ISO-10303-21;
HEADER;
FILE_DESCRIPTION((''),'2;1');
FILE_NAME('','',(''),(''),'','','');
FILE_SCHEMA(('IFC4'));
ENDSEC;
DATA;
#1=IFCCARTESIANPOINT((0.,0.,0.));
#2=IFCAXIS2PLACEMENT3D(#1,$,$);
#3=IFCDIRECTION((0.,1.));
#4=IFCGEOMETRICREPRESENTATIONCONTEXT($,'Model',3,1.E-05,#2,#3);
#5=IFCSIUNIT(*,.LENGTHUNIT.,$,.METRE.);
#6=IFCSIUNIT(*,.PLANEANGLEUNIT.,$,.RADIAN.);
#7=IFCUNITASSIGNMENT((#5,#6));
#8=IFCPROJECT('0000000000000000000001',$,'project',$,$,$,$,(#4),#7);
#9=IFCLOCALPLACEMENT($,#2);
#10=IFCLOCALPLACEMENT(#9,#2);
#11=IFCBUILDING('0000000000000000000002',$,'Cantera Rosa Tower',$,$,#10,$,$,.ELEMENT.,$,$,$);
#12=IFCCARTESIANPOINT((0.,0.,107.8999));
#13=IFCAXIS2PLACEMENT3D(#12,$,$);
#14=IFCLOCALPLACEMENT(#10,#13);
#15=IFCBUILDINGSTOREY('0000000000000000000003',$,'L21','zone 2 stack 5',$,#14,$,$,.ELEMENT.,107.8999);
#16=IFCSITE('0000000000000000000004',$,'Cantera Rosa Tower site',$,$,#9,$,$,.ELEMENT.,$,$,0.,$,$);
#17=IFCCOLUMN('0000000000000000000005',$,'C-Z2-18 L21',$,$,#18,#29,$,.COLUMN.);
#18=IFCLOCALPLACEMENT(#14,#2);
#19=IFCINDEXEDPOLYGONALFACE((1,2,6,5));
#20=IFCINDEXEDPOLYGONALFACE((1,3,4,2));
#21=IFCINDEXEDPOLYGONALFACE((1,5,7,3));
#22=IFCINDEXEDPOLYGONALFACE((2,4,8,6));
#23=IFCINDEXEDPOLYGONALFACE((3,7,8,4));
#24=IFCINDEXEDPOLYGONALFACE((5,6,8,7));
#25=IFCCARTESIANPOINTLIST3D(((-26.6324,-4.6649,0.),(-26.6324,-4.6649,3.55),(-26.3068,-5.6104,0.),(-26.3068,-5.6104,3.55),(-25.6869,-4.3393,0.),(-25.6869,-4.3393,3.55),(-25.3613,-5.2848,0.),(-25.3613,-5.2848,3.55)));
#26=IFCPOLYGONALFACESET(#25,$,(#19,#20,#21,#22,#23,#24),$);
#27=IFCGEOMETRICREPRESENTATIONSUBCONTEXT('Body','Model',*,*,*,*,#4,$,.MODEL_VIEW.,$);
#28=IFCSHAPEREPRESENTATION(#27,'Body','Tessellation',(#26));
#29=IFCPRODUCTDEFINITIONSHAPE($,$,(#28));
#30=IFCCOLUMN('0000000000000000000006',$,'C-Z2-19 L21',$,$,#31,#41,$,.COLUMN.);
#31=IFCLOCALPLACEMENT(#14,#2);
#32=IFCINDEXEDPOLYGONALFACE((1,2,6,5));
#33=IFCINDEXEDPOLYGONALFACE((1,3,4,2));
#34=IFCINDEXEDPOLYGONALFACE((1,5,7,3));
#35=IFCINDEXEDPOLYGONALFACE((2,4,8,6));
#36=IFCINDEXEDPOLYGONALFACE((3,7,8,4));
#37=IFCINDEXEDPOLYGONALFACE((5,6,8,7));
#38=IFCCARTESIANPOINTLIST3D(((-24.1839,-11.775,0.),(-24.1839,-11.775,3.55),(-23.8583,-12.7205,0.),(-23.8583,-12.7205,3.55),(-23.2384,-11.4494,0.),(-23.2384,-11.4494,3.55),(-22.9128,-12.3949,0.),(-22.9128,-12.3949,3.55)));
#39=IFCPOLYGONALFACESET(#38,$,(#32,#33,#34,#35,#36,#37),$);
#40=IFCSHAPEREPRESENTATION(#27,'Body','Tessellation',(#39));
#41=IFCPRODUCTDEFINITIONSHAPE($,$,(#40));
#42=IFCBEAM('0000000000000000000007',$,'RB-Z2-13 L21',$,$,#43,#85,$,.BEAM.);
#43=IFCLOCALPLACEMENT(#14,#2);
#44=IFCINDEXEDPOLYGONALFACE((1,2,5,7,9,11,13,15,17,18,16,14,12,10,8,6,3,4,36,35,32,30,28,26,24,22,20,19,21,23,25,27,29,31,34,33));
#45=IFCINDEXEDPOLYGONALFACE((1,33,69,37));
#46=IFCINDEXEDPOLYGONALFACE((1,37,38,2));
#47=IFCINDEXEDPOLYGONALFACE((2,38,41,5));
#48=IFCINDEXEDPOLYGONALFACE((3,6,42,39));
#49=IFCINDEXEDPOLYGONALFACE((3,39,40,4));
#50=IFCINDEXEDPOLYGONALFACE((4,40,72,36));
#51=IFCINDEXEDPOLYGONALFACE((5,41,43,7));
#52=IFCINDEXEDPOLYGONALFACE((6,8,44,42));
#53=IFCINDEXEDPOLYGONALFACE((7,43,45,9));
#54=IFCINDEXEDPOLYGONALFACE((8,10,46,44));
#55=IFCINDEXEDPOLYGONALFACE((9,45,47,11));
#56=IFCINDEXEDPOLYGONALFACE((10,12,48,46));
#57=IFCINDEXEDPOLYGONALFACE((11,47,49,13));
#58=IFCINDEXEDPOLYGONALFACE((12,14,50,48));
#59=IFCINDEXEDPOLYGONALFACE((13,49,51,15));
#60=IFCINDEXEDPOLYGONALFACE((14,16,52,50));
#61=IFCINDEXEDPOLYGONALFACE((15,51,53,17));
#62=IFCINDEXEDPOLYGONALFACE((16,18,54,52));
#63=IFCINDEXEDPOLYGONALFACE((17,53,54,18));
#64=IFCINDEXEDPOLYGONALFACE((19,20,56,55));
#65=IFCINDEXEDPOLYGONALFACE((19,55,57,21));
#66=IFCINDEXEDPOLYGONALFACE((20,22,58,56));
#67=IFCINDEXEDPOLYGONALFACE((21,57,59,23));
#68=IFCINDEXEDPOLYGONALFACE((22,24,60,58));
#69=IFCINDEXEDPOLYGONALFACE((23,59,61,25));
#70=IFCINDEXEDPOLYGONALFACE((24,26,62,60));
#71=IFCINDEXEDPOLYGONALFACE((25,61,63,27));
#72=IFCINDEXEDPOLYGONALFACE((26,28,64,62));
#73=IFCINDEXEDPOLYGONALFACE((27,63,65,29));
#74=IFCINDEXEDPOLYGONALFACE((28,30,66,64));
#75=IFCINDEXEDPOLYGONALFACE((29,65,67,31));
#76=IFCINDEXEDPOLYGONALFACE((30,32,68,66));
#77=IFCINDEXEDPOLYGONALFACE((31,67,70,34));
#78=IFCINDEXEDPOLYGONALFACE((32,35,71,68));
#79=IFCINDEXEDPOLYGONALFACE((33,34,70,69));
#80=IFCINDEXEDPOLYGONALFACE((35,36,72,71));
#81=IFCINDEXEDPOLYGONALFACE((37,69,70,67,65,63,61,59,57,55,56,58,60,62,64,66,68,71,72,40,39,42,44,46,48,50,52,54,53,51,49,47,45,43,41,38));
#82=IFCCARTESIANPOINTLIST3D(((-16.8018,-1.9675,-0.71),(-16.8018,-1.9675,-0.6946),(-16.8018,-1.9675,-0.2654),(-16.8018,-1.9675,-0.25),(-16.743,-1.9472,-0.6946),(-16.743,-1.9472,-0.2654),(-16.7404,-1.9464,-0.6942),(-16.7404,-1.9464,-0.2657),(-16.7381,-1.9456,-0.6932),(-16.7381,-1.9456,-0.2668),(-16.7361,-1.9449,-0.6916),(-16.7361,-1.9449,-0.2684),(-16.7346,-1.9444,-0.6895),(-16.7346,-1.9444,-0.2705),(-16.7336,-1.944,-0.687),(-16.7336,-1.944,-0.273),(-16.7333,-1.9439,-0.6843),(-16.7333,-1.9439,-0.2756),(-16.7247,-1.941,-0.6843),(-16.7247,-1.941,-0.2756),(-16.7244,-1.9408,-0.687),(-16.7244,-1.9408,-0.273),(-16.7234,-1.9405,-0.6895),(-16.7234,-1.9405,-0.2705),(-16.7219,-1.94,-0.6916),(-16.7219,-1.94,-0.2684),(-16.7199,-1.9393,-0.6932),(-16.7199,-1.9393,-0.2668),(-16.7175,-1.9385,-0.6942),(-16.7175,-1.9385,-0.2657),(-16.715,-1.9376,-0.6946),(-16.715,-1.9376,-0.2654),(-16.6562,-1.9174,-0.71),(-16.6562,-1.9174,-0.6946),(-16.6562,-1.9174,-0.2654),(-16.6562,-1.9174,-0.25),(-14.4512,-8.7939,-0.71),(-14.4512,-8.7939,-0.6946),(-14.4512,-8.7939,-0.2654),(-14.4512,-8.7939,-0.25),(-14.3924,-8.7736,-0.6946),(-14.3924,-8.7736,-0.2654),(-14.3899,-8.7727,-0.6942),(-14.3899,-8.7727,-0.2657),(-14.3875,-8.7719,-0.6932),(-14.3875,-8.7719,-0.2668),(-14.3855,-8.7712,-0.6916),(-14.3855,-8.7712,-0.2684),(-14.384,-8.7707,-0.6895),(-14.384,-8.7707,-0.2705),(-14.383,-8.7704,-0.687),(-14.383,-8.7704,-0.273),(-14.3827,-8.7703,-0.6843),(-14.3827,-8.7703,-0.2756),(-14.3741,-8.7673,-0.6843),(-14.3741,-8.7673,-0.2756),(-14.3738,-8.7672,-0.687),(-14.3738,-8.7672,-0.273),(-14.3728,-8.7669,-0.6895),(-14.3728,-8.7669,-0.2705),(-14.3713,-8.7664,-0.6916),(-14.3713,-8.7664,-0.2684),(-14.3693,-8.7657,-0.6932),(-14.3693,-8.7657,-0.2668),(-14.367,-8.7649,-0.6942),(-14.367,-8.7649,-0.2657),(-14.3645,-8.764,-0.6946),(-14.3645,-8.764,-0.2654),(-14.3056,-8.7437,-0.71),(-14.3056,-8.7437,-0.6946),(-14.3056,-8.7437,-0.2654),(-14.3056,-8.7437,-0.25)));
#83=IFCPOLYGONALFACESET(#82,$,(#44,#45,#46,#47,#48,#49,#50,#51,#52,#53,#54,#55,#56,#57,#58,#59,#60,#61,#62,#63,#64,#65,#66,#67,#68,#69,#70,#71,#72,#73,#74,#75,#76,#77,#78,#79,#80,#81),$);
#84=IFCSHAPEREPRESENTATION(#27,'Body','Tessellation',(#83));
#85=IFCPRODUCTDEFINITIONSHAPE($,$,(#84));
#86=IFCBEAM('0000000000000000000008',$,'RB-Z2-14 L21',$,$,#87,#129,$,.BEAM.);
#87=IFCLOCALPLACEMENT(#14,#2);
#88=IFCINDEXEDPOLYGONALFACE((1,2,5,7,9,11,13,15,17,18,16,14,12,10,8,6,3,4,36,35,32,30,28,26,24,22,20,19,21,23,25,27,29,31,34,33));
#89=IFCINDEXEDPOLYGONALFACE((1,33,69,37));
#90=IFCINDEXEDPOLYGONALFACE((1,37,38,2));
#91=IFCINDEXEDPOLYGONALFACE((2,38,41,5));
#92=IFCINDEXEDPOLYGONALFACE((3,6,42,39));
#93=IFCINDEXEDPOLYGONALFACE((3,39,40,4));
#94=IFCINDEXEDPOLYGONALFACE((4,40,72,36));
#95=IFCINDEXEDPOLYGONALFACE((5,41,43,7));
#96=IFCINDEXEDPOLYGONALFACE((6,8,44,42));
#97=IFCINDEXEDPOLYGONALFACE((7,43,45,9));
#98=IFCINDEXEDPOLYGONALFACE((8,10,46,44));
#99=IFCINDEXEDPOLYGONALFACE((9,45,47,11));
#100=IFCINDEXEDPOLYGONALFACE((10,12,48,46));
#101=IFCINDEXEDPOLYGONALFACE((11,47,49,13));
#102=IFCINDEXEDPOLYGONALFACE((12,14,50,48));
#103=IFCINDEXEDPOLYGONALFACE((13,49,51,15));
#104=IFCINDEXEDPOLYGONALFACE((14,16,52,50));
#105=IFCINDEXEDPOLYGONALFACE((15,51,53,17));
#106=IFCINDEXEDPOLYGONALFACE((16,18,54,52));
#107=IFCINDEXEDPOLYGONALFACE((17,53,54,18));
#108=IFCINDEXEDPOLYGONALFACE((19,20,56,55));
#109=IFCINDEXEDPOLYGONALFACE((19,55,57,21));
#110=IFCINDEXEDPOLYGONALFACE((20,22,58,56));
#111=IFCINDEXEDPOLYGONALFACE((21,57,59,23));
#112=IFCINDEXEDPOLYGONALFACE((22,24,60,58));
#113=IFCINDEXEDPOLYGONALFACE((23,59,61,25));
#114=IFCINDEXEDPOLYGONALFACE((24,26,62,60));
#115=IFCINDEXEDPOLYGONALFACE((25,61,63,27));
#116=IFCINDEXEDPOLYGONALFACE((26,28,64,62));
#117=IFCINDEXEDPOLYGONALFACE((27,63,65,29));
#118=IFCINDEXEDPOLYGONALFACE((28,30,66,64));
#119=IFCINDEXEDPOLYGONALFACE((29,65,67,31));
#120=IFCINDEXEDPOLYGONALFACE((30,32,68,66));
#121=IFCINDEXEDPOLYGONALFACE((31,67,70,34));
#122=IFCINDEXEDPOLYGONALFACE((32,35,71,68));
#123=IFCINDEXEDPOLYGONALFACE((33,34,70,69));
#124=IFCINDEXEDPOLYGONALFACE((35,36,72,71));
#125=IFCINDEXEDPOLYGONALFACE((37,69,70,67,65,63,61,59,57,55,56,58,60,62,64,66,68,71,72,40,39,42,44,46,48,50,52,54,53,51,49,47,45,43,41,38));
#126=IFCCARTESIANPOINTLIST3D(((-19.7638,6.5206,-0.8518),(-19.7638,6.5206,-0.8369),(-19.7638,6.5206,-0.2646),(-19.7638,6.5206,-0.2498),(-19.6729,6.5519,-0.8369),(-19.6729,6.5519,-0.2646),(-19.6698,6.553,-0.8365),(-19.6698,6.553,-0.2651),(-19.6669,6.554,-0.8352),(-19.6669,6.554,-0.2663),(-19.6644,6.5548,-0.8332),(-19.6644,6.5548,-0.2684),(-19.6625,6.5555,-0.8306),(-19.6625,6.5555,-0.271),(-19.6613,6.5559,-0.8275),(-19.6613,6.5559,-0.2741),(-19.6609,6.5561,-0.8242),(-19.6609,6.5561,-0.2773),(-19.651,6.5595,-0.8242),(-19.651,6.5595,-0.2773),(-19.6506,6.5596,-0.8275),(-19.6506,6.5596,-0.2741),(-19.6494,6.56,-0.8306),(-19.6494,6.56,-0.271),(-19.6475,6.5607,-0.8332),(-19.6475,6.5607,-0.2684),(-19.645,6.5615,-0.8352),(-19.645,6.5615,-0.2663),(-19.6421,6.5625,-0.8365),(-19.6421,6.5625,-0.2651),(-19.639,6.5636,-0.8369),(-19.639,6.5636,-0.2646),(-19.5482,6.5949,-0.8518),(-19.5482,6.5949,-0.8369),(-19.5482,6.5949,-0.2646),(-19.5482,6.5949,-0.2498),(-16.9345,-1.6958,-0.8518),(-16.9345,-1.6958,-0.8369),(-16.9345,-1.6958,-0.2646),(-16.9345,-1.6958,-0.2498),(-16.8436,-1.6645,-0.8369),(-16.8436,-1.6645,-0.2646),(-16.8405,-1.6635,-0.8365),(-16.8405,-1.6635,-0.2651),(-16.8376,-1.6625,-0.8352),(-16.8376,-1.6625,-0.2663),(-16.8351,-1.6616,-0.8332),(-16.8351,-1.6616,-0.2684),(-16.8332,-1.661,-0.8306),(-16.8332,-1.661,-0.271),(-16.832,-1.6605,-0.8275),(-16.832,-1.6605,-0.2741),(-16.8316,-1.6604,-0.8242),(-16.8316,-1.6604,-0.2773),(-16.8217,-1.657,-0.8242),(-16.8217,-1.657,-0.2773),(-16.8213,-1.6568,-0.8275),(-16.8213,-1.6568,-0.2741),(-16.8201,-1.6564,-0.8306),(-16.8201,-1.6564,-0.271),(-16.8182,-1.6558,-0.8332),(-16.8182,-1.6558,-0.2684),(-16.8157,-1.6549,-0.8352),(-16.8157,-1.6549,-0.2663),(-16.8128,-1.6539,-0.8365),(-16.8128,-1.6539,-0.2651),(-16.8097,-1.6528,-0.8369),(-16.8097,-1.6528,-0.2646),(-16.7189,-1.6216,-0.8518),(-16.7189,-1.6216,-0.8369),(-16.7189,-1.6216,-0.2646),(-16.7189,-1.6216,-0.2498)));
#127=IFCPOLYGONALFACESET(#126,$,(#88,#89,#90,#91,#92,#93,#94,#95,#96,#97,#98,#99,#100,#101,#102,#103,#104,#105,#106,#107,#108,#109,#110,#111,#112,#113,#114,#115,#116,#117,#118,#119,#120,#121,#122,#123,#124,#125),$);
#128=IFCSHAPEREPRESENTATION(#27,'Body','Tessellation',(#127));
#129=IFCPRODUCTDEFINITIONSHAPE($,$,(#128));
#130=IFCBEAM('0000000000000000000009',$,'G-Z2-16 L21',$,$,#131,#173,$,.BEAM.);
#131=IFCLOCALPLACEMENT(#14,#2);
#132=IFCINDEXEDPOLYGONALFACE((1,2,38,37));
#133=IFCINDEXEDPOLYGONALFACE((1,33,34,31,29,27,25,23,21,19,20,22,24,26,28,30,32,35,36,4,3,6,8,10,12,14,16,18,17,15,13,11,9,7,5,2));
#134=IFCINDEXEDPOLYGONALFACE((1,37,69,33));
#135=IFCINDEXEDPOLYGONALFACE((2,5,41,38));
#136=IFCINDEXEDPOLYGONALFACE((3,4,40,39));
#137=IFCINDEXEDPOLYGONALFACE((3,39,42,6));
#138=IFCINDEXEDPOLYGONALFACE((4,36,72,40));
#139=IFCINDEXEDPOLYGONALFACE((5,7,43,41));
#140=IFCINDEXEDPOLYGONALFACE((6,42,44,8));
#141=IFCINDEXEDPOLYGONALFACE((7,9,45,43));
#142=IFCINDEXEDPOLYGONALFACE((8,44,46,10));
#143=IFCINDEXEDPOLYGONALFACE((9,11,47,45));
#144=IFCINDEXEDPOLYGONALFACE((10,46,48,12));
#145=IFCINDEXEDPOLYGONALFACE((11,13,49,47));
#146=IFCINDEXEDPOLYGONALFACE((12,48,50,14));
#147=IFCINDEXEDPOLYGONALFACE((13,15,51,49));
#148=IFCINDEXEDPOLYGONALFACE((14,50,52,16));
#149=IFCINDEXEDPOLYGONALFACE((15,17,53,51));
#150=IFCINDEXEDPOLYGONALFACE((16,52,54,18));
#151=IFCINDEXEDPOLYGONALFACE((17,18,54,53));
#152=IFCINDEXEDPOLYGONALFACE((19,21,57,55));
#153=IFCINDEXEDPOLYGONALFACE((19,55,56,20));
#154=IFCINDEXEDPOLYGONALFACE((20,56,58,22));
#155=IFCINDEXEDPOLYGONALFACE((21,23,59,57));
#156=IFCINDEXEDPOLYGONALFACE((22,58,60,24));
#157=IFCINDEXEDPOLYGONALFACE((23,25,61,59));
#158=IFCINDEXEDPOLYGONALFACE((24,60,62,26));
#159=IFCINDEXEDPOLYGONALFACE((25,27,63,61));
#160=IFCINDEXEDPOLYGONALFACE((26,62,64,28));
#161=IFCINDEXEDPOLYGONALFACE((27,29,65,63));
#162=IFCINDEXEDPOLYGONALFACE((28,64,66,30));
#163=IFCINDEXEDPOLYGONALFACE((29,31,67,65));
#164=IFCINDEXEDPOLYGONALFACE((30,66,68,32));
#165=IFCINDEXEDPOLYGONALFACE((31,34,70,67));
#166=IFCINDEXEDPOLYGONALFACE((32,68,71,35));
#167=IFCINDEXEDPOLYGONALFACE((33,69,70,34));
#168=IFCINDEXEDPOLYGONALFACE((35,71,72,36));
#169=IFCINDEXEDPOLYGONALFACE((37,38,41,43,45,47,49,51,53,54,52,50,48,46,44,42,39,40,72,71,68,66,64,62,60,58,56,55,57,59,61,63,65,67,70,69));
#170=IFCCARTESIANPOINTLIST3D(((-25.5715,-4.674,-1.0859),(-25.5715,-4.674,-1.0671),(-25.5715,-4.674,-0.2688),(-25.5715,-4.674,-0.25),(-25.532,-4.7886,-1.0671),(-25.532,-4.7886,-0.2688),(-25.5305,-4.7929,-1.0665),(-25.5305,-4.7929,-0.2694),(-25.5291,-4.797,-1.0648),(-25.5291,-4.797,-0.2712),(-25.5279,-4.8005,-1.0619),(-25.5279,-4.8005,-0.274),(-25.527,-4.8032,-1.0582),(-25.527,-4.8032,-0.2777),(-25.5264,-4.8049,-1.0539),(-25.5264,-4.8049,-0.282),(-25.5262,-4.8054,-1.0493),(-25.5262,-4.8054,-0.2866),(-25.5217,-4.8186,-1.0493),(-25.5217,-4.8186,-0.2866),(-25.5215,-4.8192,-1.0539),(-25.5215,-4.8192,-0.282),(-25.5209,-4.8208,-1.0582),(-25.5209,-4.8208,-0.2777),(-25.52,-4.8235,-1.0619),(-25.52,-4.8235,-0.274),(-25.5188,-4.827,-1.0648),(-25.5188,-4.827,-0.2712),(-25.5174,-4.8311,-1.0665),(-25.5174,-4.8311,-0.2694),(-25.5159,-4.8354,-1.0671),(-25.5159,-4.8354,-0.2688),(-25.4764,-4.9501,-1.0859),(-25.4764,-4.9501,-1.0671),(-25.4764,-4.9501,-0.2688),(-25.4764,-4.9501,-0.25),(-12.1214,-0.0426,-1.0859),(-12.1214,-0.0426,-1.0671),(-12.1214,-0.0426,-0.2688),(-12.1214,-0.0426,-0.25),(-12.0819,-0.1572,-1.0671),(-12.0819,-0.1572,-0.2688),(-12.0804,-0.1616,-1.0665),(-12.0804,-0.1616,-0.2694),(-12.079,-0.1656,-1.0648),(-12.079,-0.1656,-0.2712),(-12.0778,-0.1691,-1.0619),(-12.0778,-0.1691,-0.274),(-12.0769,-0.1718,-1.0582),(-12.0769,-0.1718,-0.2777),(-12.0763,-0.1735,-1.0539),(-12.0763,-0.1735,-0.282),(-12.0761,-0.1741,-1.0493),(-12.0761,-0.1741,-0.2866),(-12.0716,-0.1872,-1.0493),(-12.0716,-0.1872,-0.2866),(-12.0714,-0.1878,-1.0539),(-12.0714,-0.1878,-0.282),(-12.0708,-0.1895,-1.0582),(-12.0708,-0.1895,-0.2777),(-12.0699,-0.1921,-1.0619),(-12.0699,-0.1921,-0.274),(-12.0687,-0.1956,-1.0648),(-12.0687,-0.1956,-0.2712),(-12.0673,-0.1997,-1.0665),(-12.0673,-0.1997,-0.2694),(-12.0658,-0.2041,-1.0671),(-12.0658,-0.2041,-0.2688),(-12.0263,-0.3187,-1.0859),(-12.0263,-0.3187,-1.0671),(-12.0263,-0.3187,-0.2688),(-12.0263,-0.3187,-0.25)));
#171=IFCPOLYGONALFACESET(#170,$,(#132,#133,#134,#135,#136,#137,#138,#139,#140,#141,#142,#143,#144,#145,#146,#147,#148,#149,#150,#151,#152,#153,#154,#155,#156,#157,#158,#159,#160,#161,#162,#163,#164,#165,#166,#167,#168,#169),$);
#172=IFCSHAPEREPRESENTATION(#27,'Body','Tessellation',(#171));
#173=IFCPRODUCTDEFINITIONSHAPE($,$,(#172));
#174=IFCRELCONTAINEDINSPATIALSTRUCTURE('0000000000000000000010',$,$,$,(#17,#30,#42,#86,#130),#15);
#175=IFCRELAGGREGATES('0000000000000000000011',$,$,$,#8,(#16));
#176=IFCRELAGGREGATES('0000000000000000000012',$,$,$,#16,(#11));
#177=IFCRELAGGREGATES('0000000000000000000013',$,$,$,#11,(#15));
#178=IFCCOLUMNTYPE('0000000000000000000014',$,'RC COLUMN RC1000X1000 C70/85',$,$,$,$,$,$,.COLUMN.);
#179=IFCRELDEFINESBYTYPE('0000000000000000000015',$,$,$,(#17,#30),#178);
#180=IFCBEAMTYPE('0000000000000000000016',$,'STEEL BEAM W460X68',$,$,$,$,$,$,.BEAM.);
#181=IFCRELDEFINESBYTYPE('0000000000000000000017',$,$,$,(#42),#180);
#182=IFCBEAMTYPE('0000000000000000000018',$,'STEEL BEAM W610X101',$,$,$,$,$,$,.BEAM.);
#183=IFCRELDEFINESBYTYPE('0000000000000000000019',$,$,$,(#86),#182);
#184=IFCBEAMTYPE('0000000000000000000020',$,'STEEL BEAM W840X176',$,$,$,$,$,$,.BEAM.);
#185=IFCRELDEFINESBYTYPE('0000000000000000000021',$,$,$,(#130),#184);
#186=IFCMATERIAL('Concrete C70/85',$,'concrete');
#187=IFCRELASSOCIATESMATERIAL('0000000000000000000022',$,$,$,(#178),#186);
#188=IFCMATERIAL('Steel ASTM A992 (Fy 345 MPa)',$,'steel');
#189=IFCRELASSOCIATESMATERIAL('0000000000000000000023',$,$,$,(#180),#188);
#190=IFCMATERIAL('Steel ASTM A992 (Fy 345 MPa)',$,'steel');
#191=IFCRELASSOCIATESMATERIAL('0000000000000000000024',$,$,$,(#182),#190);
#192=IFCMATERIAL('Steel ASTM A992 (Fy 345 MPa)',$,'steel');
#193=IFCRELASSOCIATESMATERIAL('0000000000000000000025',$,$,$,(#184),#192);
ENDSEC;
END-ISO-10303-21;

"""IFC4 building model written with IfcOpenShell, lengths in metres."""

from ifc_helpers import new_model, si_unit, direction, frame, origin, origin_2d, place, context, subcontext, project, spatial, rectangle, i_section, extrude, material, material_profile, profile_set, type_object, element, save


model = new_model("IFC4")

# Units and contexts
model_context = context("Model", 3, precision=1e-05, world=origin(), true_north=direction((0.0, 1.0)))
body_context = subcontext(model_context, "Body", "Model", "MODEL_VIEW")
ifc_project = project(units=[si_unit("LENGTHUNIT", "METRE"), si_unit("PLANEANGLEUNIT", "RADIAN")], contexts=[model_context])

# Site, building, storey
site_placement = place(None, origin())
site = spatial("IfcSite", under=ifc_project, at=site_placement, Name="Cantera Rosa Tower site", CompositionType="ELEMENT", RefElevation=0.0)
building_placement = place(site_placement, origin())
building = spatial("IfcBuilding", under=site, at=building_placement, Name="Cantera Rosa Tower", CompositionType="ELEMENT")
storey_placement = place(building_placement, frame((0.0, 0.0, 107.8999)))
storey = spatial("IfcBuildingStorey", under=building, at=storey_placement, Name="L21", Description="zone 2 stack 5", CompositionType="ELEMENT", Elevation=107.8999)

# Columns
ifc_material_1 = material(Name="Concrete C70/85", Category="concrete")
ifc_material_profile_1 = material_profile(ifc_material_1, rectangle(XDim=1.0, YDim=1.0, at=origin_2d()), Name="RC COLUMN RC1000X1000 C70/85")
ifc_profile_set_1 = profile_set([ifc_material_profile_1], Name="Concrete C70/85")
column_type = type_object("IfcColumnType", Name="RC COLUMN RC1000X1000 C70/85", PredefinedType="COLUMN", material=ifc_profile_set_1)
for number, where, z_axis, x_axis, name in (
    (1, (-25.9968, -4.9749, 0.0), (0.0, 0.0, 1.0), (0.945519, 0.325568, 0.0), "C-Z2-18 L21"),
    (2, (-23.5483, -12.085, 0.0), (0.0, 0.0, 1.0), (0.945519, 0.325568, 0.0), "C-Z2-19 L21"),
):
    element("IfcColumn", number, at=place(storey_placement, frame(where, z_axis=z_axis, x_axis=x_axis)), inside=storey, type_object=column_type, Name=name, PredefinedType="COLUMN", context=body_context, shape_type="SweptSolid", body=[
        extrude(rectangle(XDim=1.0, YDim=1.0, at=origin_2d()), origin(), (0.0, 0.0, 1.0), 3.55),
    ])

# Beams
ifc_material_2 = material(Name="Steel ASTM A992 (Fy 345 MPa)", Category="steel")
ifc_material_profile_2 = material_profile(ifc_material_2, i_section(OverallWidth=0.1541, OverallDepth=0.46, WebThickness=0.009, FlangeThickness=0.0154, FilletRadius=0.0103, at=origin_2d()), Name="W460X68")
ifc_profile_set_2 = profile_set([ifc_material_profile_2], Name="Steel ASTM A992 (Fy 345 MPa)")
beam_type_1 = type_object("IfcBeamType", Name="STEEL BEAM W460X68", PredefinedType="BEAM", material=ifc_profile_set_2)
beam_1_placement = place(storey_placement, frame((-14.3784, -8.7688, -0.48), z_axis=(-0.325576, 0.945516, 0.0), x_axis=(-0.945516, -0.325576, 0.0)))
element("IfcBeam", 3, at=beam_1_placement, inside=storey, type_object=beam_type_1, Name="RB-Z2-13 L21", PredefinedType="BEAM", context=body_context, shape_type="SweptSolid", body=[
    extrude(i_section(OverallWidth=0.1541, OverallDepth=0.46, WebThickness=0.009, FlangeThickness=0.0154, FilletRadius=0.0103, at=origin_2d()), origin(), (0.0, 0.0, 1.0), 7.2197),
])
ifc_material_3 = material(Name="Steel ASTM A992 (Fy 345 MPa)", Category="steel")
ifc_material_profile_3 = material_profile(ifc_material_3, i_section(OverallWidth=0.228, OverallDepth=0.6021, WebThickness=0.0105, FlangeThickness=0.0149, FilletRadius=0.0127, at=origin_2d()), Name="W610X101")
ifc_profile_set_3 = profile_set([ifc_material_profile_3], Name="Steel ASTM A992 (Fy 345 MPa)")
beam_type_2 = type_object("IfcBeamType", Name="STEEL BEAM W610X101", PredefinedType="BEAM", material=ifc_profile_set_3)
beam_2_placement = place(storey_placement, frame((-16.8267, -1.6587, -0.5508), z_axis=(-0.325585, 0.945513, 0.0), x_axis=(-0.945513, -0.325585, 0.0)))
element("IfcBeam", 4, at=beam_2_placement, inside=storey, type_object=beam_type_2, Name="RB-Z2-14 L21", PredefinedType="BEAM", context=body_context, shape_type="SweptSolid", body=[
    extrude(i_section(OverallWidth=0.228, OverallDepth=0.6021, WebThickness=0.0105, FlangeThickness=0.0149, FilletRadius=0.0127, at=origin_2d()), origin(), (0.0, 0.0, 1.0), 8.6899),
])
ifc_material_4 = material(Name="Steel ASTM A992 (Fy 345 MPa)", Category="steel")
ifc_material_profile_4 = material_profile(ifc_material_4, i_section(OverallWidth=0.292, OverallDepth=0.8359, WebThickness=0.0139, FlangeThickness=0.0188, FilletRadius=0.0178, at=origin_2d()), Name="W840X176")
ifc_profile_set_4 = profile_set([ifc_material_profile_4], Name="Steel ASTM A992 (Fy 345 MPa)")
beam_type_3 = type_object("IfcBeamType", Name="STEEL BEAM W840X176", PredefinedType="BEAM", material=ifc_profile_set_4)
beam_3_placement = place(storey_placement, frame((-25.5239, -4.812, -0.668), z_axis=(0.945515, 0.325578, 0.0), x_axis=(-0.325578, 0.945515, 0.0)))
element("IfcBeam", 5, at=beam_3_placement, inside=storey, type_object=beam_type_3, Name="G-Z2-16 L21", PredefinedType="BEAM", context=body_context, shape_type="SweptSolid", body=[
    extrude(i_section(OverallWidth=0.292, OverallDepth=0.8359, WebThickness=0.0139, FlangeThickness=0.0188, FilletRadius=0.0178, at=origin_2d()), origin(), (0.0, 0.0, 1.0), 14.2251),
])

save(model, "model.ifc")
